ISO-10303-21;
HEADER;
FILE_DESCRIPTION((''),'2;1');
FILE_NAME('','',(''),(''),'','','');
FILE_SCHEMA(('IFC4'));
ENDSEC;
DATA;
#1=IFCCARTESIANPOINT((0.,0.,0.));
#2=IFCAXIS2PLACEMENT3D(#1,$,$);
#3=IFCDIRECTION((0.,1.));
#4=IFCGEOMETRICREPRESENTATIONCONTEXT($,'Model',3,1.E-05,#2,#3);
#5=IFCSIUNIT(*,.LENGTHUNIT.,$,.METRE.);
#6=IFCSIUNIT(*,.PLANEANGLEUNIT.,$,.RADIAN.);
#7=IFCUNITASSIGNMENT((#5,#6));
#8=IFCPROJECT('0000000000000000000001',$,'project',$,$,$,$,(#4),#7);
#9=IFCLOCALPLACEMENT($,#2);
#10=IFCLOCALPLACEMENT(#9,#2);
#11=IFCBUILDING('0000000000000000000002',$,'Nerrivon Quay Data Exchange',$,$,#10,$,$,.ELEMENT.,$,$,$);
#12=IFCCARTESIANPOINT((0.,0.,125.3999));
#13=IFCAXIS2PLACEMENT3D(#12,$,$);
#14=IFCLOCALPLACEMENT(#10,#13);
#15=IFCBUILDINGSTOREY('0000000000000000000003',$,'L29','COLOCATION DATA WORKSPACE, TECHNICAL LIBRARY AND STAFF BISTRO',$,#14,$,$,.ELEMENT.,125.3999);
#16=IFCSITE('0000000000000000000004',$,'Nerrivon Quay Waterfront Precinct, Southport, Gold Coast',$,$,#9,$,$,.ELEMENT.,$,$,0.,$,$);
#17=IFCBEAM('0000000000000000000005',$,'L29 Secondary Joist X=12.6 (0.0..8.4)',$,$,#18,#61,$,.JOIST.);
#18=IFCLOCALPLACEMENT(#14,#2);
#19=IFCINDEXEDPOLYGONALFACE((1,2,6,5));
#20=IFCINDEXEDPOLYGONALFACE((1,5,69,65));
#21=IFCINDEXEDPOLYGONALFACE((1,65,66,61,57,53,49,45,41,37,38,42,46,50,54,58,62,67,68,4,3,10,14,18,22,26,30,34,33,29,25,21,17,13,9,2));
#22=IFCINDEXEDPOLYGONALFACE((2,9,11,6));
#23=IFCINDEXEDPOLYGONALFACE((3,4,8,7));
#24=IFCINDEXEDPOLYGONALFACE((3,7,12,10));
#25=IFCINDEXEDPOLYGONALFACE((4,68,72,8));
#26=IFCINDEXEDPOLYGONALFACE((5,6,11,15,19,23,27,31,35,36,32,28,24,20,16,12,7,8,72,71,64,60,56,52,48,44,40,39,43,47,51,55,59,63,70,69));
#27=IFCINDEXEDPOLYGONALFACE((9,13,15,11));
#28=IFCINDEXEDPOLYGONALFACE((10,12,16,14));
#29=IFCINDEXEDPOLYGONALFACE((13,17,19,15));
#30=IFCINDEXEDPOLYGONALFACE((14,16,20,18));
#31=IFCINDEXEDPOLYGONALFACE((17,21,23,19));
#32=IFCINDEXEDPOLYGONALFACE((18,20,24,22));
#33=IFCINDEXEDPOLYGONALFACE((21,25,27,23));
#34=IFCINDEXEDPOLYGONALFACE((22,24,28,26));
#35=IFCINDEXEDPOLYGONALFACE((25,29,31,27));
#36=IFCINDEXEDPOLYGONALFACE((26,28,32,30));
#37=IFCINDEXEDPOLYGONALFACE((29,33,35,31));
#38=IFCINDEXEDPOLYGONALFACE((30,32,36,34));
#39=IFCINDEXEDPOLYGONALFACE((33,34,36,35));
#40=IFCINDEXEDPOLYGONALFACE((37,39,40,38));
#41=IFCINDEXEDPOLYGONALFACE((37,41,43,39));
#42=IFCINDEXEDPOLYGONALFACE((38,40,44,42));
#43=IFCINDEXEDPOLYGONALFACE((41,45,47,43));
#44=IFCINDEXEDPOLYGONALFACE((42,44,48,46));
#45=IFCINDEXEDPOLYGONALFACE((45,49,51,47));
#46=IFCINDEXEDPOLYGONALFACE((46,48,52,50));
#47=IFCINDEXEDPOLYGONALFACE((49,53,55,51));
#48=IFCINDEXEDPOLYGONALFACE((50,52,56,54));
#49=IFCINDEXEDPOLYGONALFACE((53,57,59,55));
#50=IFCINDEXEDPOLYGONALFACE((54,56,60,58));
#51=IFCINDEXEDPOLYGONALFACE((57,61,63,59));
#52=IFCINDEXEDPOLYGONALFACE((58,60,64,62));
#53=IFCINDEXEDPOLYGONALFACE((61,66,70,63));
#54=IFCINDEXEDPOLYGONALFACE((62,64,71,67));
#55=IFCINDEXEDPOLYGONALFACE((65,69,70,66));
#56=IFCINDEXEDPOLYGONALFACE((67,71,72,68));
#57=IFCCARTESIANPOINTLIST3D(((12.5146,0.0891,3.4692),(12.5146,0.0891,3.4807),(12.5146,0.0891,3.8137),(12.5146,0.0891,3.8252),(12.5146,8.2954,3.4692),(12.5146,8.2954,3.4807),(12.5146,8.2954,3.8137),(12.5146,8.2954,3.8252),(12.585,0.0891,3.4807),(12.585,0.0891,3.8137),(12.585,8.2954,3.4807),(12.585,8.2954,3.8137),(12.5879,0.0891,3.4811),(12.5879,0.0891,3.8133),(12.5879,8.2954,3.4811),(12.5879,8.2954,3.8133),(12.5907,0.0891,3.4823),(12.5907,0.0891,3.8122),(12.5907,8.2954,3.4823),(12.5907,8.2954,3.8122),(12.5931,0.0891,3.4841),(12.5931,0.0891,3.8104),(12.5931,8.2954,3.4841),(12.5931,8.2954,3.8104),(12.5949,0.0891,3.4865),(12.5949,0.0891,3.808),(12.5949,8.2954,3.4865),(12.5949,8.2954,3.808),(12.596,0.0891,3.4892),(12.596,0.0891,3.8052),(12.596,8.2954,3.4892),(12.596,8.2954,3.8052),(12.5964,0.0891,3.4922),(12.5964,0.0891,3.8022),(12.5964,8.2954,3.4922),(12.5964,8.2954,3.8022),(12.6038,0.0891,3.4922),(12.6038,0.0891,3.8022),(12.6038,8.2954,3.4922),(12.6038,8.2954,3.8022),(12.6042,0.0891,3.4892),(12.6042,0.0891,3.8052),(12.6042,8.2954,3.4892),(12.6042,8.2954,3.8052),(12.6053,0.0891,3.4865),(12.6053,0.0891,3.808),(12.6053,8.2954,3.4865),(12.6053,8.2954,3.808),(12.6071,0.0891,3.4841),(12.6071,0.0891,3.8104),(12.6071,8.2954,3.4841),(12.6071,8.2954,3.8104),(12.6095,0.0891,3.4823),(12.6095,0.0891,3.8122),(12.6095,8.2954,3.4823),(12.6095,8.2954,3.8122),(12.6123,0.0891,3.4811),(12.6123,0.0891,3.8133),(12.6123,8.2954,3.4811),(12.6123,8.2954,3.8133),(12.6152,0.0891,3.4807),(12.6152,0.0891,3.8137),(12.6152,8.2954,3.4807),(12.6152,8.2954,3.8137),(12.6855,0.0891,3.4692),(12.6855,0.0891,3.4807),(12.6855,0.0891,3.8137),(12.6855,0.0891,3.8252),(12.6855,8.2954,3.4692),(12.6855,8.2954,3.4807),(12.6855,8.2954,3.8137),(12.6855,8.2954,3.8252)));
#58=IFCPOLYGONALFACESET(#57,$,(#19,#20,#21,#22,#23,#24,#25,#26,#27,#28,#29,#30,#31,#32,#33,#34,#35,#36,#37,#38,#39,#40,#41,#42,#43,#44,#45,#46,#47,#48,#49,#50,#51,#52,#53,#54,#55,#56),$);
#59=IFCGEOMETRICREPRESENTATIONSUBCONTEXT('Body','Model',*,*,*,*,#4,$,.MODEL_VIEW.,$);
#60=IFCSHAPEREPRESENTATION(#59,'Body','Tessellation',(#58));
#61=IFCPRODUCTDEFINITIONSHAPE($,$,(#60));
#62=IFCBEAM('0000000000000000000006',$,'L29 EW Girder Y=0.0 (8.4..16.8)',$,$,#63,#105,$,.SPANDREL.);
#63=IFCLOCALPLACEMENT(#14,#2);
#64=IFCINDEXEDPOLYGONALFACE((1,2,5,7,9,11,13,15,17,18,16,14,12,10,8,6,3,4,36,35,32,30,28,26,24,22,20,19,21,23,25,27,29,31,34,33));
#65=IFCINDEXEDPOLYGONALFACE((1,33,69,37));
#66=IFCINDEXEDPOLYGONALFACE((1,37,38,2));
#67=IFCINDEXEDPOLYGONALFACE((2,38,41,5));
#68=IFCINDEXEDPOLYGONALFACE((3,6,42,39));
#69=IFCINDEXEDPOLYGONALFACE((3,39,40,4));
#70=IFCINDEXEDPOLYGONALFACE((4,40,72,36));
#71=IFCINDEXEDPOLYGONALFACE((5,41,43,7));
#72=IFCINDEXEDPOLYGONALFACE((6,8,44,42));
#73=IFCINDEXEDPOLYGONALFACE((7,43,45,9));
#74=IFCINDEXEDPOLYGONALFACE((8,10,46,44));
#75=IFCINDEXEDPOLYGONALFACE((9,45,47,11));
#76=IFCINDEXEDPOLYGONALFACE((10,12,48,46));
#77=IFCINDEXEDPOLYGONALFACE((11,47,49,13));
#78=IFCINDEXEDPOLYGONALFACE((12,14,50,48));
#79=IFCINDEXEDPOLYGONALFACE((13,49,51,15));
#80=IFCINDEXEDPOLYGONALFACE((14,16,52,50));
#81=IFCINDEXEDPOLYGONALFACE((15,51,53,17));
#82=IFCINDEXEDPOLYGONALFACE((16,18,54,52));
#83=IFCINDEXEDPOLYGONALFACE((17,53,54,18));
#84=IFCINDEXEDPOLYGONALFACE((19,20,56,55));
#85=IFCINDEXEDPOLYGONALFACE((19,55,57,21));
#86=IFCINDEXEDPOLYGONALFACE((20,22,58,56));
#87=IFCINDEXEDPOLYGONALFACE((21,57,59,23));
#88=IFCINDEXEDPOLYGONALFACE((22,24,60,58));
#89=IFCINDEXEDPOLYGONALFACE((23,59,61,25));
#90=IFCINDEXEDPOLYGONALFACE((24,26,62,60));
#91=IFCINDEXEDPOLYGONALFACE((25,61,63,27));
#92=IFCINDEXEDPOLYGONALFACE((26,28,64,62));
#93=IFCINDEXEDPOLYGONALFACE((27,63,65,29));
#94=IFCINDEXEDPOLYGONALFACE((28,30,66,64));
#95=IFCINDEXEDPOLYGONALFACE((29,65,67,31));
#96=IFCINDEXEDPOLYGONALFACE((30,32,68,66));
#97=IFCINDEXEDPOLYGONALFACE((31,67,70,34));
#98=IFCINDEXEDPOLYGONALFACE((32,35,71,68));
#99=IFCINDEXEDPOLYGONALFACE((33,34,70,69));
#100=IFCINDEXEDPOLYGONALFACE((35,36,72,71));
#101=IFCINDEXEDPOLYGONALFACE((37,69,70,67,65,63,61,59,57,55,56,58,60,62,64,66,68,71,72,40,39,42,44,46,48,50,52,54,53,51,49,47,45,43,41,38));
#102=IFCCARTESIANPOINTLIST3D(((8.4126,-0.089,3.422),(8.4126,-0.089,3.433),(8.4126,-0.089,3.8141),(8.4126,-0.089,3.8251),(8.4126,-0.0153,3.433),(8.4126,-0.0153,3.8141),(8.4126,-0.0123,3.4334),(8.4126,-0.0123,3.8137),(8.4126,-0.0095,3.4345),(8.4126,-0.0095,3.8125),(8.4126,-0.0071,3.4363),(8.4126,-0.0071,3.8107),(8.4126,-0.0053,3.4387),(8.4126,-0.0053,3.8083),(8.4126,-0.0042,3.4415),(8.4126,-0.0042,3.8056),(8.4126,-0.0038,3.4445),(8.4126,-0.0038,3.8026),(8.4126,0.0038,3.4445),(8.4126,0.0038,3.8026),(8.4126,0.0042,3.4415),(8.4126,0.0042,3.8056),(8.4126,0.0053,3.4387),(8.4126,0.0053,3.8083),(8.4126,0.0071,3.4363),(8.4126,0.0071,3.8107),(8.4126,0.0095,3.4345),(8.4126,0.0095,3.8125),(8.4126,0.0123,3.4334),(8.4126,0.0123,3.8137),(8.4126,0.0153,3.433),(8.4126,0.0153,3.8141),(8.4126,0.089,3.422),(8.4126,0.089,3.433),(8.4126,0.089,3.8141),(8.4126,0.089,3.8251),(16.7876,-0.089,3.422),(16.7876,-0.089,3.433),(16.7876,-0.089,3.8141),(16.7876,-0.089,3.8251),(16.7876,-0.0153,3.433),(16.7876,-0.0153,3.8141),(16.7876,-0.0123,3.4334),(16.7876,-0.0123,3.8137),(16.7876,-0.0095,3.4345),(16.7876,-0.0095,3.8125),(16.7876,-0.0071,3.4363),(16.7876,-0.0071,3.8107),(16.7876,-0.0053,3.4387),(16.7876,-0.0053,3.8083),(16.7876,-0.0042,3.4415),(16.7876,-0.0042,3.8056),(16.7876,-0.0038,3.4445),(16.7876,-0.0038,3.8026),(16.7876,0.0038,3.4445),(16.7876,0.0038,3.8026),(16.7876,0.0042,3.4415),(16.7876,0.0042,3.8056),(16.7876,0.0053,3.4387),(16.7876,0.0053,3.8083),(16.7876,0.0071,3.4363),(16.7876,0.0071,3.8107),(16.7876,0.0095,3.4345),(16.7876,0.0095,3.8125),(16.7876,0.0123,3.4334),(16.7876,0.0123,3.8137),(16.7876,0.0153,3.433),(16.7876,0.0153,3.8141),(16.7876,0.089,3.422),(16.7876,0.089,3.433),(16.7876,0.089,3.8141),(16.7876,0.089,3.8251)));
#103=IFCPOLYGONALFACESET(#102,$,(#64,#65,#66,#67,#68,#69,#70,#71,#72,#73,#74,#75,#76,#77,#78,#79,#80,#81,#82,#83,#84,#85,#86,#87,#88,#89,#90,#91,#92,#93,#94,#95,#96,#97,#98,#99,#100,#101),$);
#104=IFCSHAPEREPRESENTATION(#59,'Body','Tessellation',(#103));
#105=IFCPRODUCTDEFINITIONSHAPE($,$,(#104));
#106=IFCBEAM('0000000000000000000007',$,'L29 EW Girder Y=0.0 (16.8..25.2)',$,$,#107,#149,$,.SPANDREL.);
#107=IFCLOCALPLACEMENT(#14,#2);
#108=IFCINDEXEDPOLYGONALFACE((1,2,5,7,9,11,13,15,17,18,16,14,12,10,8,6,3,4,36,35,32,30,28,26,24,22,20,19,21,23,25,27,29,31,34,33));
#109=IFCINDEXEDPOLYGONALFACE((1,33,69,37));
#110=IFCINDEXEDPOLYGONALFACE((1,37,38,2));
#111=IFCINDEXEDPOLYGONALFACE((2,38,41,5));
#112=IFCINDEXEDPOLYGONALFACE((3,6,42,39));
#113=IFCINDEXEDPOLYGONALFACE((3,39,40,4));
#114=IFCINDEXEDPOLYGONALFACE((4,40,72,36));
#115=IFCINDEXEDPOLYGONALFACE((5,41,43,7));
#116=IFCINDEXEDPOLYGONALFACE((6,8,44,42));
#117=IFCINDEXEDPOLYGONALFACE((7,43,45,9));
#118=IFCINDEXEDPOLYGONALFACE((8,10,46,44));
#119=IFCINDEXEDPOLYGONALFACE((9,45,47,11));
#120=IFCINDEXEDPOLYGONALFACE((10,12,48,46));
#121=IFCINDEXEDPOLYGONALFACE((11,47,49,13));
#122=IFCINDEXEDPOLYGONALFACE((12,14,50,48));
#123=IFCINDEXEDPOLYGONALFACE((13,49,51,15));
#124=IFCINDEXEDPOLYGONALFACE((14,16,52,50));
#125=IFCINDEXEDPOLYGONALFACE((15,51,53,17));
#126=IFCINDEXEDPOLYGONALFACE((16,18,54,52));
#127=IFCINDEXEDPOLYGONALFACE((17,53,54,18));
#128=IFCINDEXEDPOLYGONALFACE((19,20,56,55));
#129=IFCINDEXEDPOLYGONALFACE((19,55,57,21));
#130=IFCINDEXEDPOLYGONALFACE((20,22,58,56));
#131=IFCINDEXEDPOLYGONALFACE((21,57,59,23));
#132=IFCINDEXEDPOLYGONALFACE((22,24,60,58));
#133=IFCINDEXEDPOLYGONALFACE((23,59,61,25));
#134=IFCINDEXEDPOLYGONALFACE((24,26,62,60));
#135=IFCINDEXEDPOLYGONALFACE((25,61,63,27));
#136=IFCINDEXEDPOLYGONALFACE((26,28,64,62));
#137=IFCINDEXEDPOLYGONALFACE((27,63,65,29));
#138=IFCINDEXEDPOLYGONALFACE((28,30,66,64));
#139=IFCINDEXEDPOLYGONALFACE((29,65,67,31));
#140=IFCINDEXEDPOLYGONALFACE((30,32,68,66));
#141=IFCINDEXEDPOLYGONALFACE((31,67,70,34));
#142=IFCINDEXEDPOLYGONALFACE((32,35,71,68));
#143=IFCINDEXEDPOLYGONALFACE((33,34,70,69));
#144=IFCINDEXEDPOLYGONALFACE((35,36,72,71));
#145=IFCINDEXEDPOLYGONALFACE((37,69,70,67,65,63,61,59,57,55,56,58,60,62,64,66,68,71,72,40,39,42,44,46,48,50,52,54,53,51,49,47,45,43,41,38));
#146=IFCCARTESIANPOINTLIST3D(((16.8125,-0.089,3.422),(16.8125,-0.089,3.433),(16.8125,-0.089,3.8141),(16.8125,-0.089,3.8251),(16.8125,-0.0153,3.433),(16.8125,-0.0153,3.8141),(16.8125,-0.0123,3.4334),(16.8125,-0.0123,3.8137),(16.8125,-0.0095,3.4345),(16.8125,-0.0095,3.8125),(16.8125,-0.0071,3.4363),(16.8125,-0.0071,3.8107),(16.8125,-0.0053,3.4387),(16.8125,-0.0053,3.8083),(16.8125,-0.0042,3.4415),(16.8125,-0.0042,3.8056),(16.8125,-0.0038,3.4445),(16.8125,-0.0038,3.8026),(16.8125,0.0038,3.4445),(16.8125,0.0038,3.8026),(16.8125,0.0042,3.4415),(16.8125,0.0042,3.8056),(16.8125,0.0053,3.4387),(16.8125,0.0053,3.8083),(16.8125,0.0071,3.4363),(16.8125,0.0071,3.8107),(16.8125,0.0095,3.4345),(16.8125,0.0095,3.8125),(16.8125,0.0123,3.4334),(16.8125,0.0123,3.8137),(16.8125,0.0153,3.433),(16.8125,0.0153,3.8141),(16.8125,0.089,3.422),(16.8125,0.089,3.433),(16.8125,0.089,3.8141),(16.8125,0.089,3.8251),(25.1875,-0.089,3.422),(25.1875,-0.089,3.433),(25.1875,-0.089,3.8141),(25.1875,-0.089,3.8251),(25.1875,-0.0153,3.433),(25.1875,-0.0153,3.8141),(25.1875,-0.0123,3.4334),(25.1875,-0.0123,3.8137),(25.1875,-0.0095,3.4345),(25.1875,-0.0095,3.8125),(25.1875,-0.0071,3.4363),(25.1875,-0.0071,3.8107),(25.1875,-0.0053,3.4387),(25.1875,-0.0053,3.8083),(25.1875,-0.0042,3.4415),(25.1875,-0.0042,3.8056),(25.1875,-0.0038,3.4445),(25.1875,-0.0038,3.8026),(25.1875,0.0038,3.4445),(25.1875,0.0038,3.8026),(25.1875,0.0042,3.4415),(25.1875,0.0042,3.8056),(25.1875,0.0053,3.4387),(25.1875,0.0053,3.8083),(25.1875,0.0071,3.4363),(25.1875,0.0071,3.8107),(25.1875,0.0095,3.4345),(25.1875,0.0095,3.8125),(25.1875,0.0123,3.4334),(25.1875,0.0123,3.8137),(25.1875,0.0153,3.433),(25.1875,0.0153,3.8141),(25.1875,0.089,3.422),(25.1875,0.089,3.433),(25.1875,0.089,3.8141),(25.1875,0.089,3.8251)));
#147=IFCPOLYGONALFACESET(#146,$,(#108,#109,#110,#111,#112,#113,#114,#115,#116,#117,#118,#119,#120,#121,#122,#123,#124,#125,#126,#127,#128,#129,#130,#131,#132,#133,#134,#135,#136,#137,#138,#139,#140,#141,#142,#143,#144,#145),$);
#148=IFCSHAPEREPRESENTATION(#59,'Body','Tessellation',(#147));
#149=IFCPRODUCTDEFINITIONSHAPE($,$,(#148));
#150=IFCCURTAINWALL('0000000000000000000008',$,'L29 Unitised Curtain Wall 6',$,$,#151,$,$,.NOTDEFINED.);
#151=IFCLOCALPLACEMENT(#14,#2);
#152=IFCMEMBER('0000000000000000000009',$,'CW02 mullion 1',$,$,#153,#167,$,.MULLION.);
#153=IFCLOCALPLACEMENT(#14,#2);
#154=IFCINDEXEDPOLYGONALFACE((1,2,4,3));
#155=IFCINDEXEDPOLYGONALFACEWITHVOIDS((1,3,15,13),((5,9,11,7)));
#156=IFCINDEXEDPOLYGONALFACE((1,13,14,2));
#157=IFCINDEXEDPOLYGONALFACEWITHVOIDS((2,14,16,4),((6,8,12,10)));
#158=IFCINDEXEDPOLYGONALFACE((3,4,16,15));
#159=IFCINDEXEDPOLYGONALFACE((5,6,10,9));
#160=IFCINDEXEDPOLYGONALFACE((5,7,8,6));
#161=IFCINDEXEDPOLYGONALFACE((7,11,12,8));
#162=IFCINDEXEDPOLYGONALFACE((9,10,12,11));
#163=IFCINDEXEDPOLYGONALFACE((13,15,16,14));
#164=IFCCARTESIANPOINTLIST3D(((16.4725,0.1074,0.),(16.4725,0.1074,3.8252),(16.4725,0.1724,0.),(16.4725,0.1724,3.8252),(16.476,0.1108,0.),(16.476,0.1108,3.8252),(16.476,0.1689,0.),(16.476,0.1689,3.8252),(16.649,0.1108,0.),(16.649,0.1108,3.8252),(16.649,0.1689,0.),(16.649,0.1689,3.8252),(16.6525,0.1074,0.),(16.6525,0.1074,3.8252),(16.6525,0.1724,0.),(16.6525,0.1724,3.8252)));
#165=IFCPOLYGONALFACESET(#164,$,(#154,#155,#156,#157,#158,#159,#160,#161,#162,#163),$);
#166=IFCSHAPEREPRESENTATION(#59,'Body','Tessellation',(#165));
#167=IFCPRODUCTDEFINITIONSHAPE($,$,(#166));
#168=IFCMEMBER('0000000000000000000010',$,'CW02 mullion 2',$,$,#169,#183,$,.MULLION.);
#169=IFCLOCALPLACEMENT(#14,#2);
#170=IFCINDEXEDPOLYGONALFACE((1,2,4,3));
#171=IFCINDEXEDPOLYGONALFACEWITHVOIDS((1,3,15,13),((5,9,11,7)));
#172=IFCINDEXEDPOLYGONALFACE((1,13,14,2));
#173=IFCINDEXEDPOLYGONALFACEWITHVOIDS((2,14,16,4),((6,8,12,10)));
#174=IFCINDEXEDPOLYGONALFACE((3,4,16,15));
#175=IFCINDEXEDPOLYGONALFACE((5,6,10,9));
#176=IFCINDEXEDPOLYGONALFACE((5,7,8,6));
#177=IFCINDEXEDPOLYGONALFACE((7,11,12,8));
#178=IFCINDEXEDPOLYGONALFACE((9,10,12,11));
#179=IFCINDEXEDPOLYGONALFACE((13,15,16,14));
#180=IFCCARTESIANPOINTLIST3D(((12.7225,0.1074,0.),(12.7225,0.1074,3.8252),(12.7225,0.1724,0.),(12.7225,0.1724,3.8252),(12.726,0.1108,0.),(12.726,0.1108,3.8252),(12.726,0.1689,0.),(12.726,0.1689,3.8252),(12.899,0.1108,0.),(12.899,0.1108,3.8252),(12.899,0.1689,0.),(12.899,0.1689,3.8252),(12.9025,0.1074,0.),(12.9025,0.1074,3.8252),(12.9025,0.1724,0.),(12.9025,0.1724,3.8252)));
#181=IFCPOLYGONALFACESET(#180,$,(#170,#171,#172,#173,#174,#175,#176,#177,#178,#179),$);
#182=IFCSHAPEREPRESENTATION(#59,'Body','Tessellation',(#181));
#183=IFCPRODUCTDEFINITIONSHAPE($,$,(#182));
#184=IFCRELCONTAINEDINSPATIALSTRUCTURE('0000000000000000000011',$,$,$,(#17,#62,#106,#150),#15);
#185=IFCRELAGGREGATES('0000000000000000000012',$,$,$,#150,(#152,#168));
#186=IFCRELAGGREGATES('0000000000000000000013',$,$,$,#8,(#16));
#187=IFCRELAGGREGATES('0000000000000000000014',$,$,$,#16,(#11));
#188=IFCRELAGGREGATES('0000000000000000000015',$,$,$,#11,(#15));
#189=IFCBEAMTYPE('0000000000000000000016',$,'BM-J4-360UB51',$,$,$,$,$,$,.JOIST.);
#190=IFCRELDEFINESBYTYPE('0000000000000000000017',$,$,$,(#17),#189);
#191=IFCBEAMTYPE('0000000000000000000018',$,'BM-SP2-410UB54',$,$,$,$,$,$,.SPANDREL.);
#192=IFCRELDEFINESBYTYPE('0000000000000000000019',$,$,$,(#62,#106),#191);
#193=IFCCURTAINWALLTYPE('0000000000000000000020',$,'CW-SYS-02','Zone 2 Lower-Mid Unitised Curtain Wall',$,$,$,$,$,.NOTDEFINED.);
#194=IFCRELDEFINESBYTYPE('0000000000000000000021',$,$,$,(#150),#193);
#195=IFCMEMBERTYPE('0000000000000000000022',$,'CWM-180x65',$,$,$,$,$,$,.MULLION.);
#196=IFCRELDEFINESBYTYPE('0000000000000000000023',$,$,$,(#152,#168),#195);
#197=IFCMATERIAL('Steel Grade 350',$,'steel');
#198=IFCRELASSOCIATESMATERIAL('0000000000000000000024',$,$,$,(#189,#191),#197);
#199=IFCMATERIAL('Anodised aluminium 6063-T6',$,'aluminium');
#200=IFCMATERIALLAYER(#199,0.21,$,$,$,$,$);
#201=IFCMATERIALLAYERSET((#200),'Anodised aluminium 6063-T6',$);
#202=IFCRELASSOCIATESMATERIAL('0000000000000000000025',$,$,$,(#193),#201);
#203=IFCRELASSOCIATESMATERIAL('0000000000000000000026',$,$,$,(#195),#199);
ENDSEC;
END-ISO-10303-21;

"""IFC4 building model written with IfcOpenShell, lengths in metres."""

from ifc_helpers import new_model, si_unit, direction, frame, origin, origin_2d, place, context, subcontext, project, spatial, hollow_rectangle, i_section, extrude, material, layer, layer_set, material_profile, profile_set, type_object, element, aggregate, save


model = new_model("IFC4")

# Units and contexts
model_context = context("Model", 3, precision=1e-05, world=origin(), true_north=direction((0.0, 1.0)))
body_context = subcontext(model_context, "Body", "Model", "MODEL_VIEW")
ifc_project = project(units=[si_unit("LENGTHUNIT", "METRE"), si_unit("PLANEANGLEUNIT", "RADIAN")], contexts=[model_context])

# Site, building, storey
site_placement = place(None, origin())
site = spatial("IfcSite", under=ifc_project, at=site_placement, Name="Nerrivon Quay Waterfront Precinct, Southport, Gold Coast", CompositionType="ELEMENT", RefElevation=0.0)
building_placement = place(site_placement, origin())
building = spatial("IfcBuilding", under=site, at=building_placement, Name="Nerrivon Quay Data Exchange", CompositionType="ELEMENT")
storey_placement = place(building_placement, frame((0.0, 0.0, 125.3999)))
storey = spatial("IfcBuildingStorey", under=building, at=storey_placement, Name="L29", Description="COLOCATION DATA WORKSPACE, TECHNICAL LIBRARY AND STAFF BISTRO", CompositionType="ELEMENT", Elevation=125.3999)

# Shared definitions
ifc_material_1 = material(Name="Steel Grade 350", Category="steel")

# Beams
ifc_material_profile_1 = material_profile(ifc_material_1, i_section(OverallWidth=0.1709, OverallDepth=0.356, WebThickness=0.0073, FlangeThickness=0.0115, FilletRadius=0.0115, at=origin_2d()), Name="360UB50.7")
ifc_profile_set_1 = profile_set([ifc_material_profile_1], Name="Steel Grade 350")
beam_type_1 = type_object("IfcBeamType", Name="BM-J4-360UB51", PredefinedType="JOIST", material=ifc_profile_set_1)
beam_1_placement = place(storey_placement, frame((12.6001, 0.0891, 3.6472), z_axis=(0.0, 1.0, 0.0), x_axis=(-1.0, 0.0, 0.0)))
element("IfcBeam", 1, at=beam_1_placement, inside=storey, type_object=beam_type_1, Name="L29 Secondary Joist X=12.6 (0.0..8.4)", PredefinedType="JOIST", context=body_context, shape_type="SweptSolid", body=[
    extrude(i_section(OverallWidth=0.1709, OverallDepth=0.356, WebThickness=0.0073, FlangeThickness=0.0115, FilletRadius=0.0115, at=origin_2d()), origin(), (0.0, 0.0, 1.0), 8.2063),
])
ifc_material_profile_2 = material_profile(ifc_material_1, i_section(OverallWidth=0.178, OverallDepth=0.4031, WebThickness=0.0076, FlangeThickness=0.011, FilletRadius=0.0115, at=origin_2d()), Name="410UB53.7")
ifc_profile_set_2 = profile_set([ifc_material_profile_2], Name="Steel Grade 350")
beam_type_2 = type_object("IfcBeamType", Name="BM-SP2-410UB54", PredefinedType="SPANDREL", material=ifc_profile_set_2)
for number, where, z_axis, x_axis, name in (
    (2, (8.4126, 0.0, 3.6235), (1.0, 0.0, 0.0), (0.0, 1.0, 0.0), "L29 EW Girder Y=0.0 (8.4..16.8)"),
    (3, (16.8125, 0.0, 3.6235), (1.0, 0.0, 0.0), (0.0, 1.0, 0.0), "L29 EW Girder Y=0.0 (16.8..25.2)"),
):
    element("IfcBeam", number, at=place(storey_placement, frame(where, z_axis=z_axis, x_axis=x_axis)), inside=storey, type_object=beam_type_2, Name=name, PredefinedType="SPANDREL", context=body_context, shape_type="SweptSolid", body=[
        extrude(i_section(OverallWidth=0.178, OverallDepth=0.4031, WebThickness=0.0076, FlangeThickness=0.011, FilletRadius=0.0115, at=origin_2d()), origin(), (0.0, 0.0, 1.0), 8.375),
    ])

# Curtain wall, members
ifc_material_2 = material(Name="Anodised aluminium 6063-T6", Category="aluminium")
ifc_layer_1 = layer(ifc_material_2, 0.21)
ifc_layer_set_1 = layer_set([ifc_layer_1], Name="Anodised aluminium 6063-T6")
curtain_wall_type = type_object("IfcCurtainWallType", Name="CW-SYS-02", Description="Zone 2 Lower-Mid Unitised Curtain Wall", PredefinedType="NOTDEFINED", material=ifc_layer_set_1)
curtain_wall_placement = place(storey_placement, origin())
curtain_wall = element("IfcCurtainWall", 4, at=curtain_wall_placement, inside=storey, type_object=curtain_wall_type, Name="L29 Unitised Curtain Wall 6", PredefinedType="NOTDEFINED")
ifc_material_profile_3 = material_profile(ifc_material_2, hollow_rectangle(XDim=0.0649, YDim=0.1799, WallThickness=0.0034, at=origin_2d()), Name="ALU-MULL-180x65")
ifc_profile_set_3 = profile_set([ifc_material_profile_3], Name="Anodised aluminium 6063-T6")
member_type_1 = type_object("IfcMemberType", Name="CWM-180x65", PredefinedType="MULLION", material=ifc_profile_set_3)
member_1_placement = place(storey_placement, frame((16.5625, 0.1399, 0.0), z_axis=(0.0, 0.0, 1.0), x_axis=(0.0, -1.0, 0.0)))
member_1 = element("IfcMember", 5, at=member_1_placement, type_object=member_type_1, Name="CW02 mullion 1", PredefinedType="MULLION", context=body_context, shape_type="SweptSolid", body=[
    extrude(hollow_rectangle(XDim=0.0649, YDim=0.1799, WallThickness=0.0034, at=origin_2d()), origin(), (0.0, 0.0, 1.0), 3.8252),
])
member_2_placement = place(storey_placement, frame((12.8125, 0.1399, 0.0), z_axis=(0.0, 0.0, 1.0), x_axis=(0.0, -1.0, 0.0)))
member_2 = element("IfcMember", 6, at=member_2_placement, type_object=member_type_1, Name="CW02 mullion 2", PredefinedType="MULLION", context=body_context, shape_type="SweptSolid", body=[
    extrude(hollow_rectangle(XDim=0.0649, YDim=0.1799, WallThickness=0.0034, at=origin_2d()), origin(), (0.0, 0.0, 1.0), 3.8252),
])
aggregate(curtain_wall, [member_1, member_2])

save(model, "model.ifc")
